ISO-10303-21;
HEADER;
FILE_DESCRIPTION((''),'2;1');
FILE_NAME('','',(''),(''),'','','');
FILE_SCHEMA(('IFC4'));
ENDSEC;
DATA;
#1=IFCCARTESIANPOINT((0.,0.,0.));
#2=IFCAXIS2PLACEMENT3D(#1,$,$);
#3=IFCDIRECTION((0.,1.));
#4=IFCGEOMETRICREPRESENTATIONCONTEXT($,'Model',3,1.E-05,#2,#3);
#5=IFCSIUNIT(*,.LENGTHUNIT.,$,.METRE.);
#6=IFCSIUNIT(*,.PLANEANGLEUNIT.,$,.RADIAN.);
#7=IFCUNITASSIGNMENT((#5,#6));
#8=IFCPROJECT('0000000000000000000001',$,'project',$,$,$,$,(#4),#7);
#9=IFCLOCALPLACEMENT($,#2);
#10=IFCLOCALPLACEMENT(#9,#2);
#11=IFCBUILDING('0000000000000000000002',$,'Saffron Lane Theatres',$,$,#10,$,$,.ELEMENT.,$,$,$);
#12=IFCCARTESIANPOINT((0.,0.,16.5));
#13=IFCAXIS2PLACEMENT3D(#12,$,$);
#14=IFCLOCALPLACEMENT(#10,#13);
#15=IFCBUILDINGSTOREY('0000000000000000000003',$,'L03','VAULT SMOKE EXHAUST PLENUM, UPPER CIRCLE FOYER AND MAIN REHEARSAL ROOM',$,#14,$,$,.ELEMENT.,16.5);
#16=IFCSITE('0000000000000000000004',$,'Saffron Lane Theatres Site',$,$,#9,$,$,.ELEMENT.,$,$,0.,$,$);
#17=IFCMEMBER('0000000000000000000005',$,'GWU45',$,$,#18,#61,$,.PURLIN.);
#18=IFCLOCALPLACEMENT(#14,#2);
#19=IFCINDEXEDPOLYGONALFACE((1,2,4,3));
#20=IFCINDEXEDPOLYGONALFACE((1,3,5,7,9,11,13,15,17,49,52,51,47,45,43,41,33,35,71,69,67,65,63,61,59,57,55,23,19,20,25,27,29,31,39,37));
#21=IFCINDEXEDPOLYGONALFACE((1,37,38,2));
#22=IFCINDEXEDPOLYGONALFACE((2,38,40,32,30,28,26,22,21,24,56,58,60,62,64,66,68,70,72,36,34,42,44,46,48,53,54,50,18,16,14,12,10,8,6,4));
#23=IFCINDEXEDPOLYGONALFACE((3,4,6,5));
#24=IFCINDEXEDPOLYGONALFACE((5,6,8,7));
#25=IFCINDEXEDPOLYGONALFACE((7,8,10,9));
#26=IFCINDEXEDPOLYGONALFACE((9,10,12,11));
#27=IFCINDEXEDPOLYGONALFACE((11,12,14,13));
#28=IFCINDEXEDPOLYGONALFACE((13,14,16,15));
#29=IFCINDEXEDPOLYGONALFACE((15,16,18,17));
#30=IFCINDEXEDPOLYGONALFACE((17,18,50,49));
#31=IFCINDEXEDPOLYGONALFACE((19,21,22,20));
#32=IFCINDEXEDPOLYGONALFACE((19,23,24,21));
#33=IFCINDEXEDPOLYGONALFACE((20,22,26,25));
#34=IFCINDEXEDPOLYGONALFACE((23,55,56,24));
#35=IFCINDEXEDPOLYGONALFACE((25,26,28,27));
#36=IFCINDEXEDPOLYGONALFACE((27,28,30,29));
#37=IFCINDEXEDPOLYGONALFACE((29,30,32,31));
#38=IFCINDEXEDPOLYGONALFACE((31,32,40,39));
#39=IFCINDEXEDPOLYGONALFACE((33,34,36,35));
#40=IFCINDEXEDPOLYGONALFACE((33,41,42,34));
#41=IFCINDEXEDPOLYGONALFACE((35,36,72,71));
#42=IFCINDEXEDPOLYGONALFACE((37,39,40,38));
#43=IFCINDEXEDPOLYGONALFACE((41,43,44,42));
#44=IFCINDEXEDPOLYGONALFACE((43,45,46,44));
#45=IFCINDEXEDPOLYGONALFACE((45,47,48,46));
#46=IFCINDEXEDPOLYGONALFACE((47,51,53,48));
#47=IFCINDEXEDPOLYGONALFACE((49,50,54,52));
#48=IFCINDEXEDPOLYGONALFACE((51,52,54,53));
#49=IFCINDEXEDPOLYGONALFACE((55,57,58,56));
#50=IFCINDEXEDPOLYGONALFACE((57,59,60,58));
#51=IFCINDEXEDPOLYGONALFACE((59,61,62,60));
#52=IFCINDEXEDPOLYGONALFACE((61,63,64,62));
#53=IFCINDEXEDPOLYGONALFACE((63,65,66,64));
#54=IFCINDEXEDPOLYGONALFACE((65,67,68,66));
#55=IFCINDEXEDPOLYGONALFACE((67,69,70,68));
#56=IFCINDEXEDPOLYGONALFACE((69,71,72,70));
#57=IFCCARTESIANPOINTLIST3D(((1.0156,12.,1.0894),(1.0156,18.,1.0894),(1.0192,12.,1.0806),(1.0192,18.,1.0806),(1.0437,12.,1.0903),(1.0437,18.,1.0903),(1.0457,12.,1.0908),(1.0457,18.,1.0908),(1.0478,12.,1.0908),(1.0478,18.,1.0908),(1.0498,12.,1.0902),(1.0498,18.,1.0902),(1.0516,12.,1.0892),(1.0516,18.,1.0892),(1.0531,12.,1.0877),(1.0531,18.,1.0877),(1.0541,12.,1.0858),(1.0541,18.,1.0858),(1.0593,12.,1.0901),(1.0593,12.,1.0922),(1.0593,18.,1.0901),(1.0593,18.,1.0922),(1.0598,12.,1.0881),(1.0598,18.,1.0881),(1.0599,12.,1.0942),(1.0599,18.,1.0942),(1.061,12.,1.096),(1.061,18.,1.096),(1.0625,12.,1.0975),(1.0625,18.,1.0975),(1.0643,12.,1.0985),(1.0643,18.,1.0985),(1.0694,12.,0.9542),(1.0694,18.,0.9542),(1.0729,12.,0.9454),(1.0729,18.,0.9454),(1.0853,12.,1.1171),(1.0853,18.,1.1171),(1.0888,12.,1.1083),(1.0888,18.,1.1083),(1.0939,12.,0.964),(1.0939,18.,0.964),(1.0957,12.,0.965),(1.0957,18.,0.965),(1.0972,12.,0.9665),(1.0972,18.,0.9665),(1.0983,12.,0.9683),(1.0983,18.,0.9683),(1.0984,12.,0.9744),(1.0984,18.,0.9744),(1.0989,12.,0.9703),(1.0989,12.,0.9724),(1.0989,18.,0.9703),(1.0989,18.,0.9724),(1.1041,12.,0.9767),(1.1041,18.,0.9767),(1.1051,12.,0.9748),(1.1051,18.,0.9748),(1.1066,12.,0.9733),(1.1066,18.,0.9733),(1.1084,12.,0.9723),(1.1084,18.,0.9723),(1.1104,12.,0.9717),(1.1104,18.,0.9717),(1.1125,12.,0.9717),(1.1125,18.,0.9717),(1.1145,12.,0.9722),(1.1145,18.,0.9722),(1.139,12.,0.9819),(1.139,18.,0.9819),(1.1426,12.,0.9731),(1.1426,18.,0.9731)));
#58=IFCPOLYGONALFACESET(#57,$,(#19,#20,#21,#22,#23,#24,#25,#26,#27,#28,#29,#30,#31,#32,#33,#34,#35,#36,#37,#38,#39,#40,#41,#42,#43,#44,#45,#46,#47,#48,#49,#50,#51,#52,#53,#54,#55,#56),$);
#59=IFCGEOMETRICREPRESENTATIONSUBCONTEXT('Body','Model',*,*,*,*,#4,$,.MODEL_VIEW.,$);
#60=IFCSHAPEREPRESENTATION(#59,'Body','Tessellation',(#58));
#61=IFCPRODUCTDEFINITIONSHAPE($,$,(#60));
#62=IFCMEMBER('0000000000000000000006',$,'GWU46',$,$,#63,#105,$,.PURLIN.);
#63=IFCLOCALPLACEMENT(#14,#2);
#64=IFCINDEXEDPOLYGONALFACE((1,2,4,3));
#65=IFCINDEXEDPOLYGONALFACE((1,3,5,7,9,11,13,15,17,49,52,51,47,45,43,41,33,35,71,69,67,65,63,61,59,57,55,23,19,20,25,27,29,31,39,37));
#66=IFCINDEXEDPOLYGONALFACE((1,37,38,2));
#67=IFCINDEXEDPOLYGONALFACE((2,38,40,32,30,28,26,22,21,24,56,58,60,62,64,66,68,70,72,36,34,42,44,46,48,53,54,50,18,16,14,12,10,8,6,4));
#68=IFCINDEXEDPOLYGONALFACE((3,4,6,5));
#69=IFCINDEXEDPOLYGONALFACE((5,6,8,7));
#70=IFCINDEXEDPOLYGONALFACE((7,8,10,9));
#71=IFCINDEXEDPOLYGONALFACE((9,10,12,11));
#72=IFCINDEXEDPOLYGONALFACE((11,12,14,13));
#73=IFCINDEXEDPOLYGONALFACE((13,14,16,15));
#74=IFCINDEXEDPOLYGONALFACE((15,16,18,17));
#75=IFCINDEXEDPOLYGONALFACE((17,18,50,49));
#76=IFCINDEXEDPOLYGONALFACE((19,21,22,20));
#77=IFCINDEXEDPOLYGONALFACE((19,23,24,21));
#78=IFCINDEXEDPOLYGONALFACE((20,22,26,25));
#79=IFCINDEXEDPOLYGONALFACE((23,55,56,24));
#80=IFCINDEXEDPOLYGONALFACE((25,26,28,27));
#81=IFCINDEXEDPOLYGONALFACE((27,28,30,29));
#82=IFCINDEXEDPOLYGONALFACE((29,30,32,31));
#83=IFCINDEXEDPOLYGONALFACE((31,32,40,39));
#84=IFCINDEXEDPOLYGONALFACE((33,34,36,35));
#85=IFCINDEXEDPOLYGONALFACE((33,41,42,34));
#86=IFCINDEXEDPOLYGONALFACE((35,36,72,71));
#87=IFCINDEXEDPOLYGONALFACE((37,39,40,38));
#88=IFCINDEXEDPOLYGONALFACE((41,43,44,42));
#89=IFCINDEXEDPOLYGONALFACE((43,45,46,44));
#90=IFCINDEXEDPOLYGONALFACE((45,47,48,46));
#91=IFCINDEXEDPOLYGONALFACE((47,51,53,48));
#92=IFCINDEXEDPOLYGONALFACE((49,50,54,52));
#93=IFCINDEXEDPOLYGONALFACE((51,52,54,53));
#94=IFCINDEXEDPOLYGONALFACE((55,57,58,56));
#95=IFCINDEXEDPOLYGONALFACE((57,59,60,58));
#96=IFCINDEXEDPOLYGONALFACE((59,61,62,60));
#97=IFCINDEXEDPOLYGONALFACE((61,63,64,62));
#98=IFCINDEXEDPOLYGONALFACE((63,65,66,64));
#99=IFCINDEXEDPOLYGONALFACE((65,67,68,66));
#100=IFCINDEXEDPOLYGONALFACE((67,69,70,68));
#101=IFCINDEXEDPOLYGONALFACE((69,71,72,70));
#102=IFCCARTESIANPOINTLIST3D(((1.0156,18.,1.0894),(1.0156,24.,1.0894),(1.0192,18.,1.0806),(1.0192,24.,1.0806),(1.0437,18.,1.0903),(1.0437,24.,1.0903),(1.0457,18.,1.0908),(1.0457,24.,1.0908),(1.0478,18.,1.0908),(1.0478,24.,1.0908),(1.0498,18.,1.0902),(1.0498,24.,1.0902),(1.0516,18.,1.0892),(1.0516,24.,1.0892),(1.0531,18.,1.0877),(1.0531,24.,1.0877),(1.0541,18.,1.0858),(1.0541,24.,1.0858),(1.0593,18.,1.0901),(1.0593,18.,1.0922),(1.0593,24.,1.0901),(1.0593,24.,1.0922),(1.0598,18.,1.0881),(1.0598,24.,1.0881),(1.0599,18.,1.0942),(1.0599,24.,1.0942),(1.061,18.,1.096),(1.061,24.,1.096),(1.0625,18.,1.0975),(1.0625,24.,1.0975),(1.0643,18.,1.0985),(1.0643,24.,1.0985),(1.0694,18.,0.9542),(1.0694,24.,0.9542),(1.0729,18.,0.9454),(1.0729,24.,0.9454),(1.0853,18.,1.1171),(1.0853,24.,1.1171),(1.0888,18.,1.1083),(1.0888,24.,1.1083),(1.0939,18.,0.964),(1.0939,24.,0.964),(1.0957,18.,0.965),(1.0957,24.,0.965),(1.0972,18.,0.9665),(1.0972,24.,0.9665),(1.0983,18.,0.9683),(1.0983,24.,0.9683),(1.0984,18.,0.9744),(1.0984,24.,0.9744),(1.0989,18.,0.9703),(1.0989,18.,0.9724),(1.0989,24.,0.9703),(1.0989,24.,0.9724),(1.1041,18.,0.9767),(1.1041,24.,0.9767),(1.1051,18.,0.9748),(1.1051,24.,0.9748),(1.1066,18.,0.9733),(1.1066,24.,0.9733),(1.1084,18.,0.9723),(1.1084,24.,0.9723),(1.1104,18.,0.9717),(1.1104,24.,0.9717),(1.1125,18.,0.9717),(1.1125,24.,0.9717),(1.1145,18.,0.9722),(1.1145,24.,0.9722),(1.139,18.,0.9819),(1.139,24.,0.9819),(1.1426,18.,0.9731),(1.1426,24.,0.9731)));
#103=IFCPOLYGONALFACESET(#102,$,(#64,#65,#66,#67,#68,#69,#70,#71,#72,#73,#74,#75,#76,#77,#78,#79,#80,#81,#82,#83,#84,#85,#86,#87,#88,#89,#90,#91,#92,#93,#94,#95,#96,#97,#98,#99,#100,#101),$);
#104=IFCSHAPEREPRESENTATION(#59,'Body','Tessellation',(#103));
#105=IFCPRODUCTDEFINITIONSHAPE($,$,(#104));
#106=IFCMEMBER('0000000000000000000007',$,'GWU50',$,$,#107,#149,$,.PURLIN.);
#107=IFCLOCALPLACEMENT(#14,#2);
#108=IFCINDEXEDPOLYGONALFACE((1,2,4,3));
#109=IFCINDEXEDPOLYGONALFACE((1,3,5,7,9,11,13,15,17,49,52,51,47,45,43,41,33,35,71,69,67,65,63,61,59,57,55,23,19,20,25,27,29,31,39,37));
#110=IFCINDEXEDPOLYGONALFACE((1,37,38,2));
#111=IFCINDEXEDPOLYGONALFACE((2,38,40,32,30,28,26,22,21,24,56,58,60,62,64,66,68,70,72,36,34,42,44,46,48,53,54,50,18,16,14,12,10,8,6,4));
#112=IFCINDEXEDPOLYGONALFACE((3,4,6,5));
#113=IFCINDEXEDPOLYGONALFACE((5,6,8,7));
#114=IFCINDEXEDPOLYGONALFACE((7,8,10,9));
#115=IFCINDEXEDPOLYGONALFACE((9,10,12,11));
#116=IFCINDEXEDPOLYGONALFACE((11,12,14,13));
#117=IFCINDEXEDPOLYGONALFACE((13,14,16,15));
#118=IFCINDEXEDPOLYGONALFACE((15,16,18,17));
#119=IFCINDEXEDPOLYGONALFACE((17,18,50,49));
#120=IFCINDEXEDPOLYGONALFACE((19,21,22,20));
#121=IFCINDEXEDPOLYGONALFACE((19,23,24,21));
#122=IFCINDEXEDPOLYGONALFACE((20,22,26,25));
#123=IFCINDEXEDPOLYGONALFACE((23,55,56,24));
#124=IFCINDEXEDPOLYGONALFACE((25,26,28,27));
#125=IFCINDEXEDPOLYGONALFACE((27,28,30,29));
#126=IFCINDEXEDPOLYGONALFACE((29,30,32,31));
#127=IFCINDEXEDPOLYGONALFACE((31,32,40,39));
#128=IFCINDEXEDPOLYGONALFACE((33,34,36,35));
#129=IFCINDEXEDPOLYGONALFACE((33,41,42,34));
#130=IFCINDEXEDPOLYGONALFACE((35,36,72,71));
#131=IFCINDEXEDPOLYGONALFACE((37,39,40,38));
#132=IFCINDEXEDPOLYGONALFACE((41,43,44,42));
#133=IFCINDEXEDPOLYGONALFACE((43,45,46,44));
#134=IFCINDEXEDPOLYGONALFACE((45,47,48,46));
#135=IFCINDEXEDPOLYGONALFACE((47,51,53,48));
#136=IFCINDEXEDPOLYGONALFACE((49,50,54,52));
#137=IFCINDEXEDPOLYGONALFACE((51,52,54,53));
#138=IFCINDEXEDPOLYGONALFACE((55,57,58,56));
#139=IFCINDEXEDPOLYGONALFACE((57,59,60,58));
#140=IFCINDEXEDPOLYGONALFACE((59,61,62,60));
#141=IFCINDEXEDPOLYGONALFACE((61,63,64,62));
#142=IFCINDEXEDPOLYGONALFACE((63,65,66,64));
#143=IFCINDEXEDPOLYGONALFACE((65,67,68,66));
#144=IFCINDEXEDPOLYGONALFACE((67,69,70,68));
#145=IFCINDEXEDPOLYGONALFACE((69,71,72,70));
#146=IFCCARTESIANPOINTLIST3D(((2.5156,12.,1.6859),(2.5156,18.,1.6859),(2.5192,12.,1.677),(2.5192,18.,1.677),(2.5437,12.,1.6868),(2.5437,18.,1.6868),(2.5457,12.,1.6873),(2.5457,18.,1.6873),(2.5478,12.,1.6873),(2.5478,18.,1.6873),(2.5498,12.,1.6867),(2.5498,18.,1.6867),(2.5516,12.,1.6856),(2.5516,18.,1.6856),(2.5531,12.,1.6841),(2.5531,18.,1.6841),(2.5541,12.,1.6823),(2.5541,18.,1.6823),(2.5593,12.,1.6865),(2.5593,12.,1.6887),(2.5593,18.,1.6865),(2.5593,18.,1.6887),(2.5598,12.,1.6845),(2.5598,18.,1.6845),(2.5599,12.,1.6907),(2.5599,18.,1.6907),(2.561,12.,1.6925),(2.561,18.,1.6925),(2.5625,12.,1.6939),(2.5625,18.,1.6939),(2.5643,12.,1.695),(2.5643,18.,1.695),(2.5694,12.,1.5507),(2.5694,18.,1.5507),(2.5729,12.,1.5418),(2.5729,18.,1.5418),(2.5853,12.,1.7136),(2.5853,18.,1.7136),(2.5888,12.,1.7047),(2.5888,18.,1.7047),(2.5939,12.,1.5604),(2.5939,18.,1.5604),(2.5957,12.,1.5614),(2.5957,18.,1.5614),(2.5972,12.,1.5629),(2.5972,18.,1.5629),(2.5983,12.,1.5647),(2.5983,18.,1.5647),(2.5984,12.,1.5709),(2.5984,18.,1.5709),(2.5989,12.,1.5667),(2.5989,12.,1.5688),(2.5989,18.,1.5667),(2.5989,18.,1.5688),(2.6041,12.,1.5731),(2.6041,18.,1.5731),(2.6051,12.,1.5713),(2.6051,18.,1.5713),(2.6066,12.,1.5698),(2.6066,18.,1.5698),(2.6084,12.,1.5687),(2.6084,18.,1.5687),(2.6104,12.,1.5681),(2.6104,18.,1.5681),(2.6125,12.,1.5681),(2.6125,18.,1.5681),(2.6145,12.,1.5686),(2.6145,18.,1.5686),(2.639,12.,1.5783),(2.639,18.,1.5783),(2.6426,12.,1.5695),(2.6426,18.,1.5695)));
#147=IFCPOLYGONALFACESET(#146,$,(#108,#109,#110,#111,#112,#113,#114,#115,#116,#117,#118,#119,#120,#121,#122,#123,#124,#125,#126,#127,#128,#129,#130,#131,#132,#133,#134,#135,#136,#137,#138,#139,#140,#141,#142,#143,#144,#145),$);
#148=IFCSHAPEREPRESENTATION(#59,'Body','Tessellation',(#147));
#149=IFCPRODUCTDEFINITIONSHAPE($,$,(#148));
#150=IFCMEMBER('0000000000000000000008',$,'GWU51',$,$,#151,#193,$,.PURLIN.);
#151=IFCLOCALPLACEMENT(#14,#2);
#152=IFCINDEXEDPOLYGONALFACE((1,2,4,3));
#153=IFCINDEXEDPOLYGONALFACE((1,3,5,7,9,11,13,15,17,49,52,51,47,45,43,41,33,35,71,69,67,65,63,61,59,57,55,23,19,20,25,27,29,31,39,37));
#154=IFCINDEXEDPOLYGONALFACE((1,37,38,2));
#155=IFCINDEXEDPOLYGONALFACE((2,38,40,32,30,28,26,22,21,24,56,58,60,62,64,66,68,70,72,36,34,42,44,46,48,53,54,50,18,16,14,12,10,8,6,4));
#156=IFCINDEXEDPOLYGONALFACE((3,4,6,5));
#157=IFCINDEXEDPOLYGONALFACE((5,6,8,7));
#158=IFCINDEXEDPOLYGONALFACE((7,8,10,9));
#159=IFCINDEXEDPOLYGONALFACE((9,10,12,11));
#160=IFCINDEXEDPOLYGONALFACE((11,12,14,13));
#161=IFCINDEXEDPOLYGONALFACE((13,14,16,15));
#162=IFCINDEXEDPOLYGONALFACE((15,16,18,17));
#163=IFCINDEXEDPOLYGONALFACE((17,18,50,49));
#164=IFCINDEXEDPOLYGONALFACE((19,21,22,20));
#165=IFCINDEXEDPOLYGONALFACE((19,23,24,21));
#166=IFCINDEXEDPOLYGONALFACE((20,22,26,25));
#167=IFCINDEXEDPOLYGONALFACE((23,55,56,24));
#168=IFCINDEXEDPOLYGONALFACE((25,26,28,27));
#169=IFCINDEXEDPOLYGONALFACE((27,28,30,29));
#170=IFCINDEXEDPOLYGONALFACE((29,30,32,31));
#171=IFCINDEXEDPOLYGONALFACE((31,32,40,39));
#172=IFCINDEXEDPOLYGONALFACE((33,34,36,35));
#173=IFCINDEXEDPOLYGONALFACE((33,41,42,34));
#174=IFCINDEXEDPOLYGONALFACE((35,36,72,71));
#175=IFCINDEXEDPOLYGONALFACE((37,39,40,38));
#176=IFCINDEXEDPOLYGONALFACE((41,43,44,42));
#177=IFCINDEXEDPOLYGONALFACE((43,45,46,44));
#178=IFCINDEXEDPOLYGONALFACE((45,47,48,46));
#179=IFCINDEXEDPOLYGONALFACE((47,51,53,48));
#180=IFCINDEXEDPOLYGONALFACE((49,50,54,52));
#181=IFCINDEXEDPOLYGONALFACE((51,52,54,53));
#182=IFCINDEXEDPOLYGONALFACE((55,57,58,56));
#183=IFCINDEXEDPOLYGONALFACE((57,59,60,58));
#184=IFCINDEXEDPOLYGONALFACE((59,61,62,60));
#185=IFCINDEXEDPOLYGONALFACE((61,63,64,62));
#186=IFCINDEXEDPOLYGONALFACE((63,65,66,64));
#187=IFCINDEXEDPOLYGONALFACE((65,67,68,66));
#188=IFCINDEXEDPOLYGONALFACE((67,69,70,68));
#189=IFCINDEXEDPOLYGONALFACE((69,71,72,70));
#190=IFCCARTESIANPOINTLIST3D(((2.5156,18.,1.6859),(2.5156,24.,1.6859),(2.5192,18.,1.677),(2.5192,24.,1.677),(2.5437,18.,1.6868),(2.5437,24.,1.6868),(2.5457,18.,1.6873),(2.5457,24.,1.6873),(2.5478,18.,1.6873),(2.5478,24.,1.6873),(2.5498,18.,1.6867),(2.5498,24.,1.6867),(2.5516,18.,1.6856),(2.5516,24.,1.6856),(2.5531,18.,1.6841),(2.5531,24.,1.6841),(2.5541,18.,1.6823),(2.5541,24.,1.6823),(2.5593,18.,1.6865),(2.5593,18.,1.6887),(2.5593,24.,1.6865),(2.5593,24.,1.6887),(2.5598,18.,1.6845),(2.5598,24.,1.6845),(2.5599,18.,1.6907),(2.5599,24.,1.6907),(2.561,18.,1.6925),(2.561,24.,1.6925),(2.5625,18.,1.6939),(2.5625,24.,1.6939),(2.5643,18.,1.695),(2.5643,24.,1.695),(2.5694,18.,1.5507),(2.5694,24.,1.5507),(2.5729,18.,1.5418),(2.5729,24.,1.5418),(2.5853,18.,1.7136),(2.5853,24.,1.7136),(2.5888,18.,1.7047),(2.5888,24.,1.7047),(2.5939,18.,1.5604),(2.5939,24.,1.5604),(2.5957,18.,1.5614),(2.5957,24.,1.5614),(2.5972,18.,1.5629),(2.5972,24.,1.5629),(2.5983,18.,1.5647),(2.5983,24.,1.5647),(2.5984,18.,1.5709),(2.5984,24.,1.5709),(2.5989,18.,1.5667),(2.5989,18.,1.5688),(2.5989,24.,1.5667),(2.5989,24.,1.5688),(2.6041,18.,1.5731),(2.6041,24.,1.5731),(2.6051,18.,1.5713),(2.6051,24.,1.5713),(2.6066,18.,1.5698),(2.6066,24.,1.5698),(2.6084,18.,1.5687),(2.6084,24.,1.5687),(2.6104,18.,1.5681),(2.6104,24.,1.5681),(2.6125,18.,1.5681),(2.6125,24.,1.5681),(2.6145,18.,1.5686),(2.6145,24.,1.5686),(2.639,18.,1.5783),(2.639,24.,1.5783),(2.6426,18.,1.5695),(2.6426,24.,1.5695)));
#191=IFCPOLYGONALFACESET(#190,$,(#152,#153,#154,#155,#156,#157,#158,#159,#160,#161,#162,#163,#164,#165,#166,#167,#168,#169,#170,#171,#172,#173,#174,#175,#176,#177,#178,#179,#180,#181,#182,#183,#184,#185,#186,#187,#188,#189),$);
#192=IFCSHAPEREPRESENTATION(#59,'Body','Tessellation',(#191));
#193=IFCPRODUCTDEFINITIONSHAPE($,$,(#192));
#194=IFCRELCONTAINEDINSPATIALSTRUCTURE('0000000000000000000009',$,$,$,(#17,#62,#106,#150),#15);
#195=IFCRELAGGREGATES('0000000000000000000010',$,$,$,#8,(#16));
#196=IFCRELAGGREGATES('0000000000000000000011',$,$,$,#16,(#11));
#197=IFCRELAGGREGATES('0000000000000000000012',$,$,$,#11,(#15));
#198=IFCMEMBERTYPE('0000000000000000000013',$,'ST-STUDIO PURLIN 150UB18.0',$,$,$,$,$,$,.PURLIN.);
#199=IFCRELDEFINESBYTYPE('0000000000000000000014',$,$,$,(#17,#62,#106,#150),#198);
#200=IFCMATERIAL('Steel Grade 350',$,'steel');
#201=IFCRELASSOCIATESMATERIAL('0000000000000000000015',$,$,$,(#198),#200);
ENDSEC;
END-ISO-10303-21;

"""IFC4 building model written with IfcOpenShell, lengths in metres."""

from ifc_helpers import new_model, si_unit, direction, frame, origin, origin_2d, place, context, subcontext, project, spatial, i_section, extrude, material, material_profile, profile_set, type_object, element, save


model = new_model("IFC4")

# Units and contexts
model_context = context("Model", 3, precision=1e-05, world=origin(), true_north=direction((0.0, 1.0)))
body_context = subcontext(model_context, "Body", "Model", "MODEL_VIEW")
ifc_project = project(units=[si_unit("LENGTHUNIT", "METRE"), si_unit("PLANEANGLEUNIT", "RADIAN")], contexts=[model_context])

# Site, building, storey
site_placement = place(None, origin())
site = spatial("IfcSite", under=ifc_project, at=site_placement, Name="Saffron Lane Theatres Site", CompositionType="ELEMENT", RefElevation=0.0)
building_placement = place(site_placement, origin())
building = spatial("IfcBuilding", under=site, at=building_placement, Name="Saffron Lane Theatres", CompositionType="ELEMENT")
storey_placement = place(building_placement, frame((0.0, 0.0, 16.5)))
storey = spatial("IfcBuildingStorey", under=building, at=storey_placement, Name="L03", Description="VAULT SMOKE EXHAUST PLENUM, UPPER CIRCLE FOYER AND MAIN REHEARSAL ROOM", CompositionType="ELEMENT", Elevation=16.5)

# Members
ifc_material_1 = material(Name="Steel Grade 350", Category="steel")
ifc_material_profile_1 = material_profile(ifc_material_1, i_section(OverallWidth=0.075, OverallDepth=0.155, WebThickness=0.0061, FlangeThickness=0.0095, FilletRadius=0.0081, at=origin_2d()))
ifc_profile_set_1 = profile_set([ifc_material_profile_1], Name="Steel Grade 350")
member_type_1 = type_object("IfcMemberType", Name="ST-STUDIO PURLIN 150UB18.0", PredefinedType="PURLIN", material=ifc_profile_set_1)
for number, where, z_axis, x_axis, name in (
    (1, (1.0791, 12.0, 1.0312), (0.0, 1.0, 0.0), (-0.929273, 0.0, -0.369393), "GWU45"),
    (2, (1.0791, 18.0, 1.0312), (0.0, 1.0, 0.0), (-0.929273, 0.0, -0.369393), "GWU46"),
    (3, (2.5791, 12.0, 1.6277), (0.0, 1.0, 0.0), (-0.929273, 0.0, -0.369393), "GWU50"),
    (4, (2.5791, 18.0, 1.6277), (0.0, 1.0, 0.0), (-0.929273, 0.0, -0.369393), "GWU51"),
):
    element("IfcMember", number, at=place(storey_placement, frame(where, z_axis=z_axis, x_axis=x_axis)), inside=storey, type_object=member_type_1, Name=name, PredefinedType="PURLIN", context=body_context, shape_type="SweptSolid", body=[
        extrude(i_section(OverallWidth=0.075, OverallDepth=0.155, WebThickness=0.0061, FlangeThickness=0.0095, FilletRadius=0.0081, at=origin_2d()), origin(), (0.0, 0.0, 1.0), 6.0),
    ])

save(model, "model.ifc")
